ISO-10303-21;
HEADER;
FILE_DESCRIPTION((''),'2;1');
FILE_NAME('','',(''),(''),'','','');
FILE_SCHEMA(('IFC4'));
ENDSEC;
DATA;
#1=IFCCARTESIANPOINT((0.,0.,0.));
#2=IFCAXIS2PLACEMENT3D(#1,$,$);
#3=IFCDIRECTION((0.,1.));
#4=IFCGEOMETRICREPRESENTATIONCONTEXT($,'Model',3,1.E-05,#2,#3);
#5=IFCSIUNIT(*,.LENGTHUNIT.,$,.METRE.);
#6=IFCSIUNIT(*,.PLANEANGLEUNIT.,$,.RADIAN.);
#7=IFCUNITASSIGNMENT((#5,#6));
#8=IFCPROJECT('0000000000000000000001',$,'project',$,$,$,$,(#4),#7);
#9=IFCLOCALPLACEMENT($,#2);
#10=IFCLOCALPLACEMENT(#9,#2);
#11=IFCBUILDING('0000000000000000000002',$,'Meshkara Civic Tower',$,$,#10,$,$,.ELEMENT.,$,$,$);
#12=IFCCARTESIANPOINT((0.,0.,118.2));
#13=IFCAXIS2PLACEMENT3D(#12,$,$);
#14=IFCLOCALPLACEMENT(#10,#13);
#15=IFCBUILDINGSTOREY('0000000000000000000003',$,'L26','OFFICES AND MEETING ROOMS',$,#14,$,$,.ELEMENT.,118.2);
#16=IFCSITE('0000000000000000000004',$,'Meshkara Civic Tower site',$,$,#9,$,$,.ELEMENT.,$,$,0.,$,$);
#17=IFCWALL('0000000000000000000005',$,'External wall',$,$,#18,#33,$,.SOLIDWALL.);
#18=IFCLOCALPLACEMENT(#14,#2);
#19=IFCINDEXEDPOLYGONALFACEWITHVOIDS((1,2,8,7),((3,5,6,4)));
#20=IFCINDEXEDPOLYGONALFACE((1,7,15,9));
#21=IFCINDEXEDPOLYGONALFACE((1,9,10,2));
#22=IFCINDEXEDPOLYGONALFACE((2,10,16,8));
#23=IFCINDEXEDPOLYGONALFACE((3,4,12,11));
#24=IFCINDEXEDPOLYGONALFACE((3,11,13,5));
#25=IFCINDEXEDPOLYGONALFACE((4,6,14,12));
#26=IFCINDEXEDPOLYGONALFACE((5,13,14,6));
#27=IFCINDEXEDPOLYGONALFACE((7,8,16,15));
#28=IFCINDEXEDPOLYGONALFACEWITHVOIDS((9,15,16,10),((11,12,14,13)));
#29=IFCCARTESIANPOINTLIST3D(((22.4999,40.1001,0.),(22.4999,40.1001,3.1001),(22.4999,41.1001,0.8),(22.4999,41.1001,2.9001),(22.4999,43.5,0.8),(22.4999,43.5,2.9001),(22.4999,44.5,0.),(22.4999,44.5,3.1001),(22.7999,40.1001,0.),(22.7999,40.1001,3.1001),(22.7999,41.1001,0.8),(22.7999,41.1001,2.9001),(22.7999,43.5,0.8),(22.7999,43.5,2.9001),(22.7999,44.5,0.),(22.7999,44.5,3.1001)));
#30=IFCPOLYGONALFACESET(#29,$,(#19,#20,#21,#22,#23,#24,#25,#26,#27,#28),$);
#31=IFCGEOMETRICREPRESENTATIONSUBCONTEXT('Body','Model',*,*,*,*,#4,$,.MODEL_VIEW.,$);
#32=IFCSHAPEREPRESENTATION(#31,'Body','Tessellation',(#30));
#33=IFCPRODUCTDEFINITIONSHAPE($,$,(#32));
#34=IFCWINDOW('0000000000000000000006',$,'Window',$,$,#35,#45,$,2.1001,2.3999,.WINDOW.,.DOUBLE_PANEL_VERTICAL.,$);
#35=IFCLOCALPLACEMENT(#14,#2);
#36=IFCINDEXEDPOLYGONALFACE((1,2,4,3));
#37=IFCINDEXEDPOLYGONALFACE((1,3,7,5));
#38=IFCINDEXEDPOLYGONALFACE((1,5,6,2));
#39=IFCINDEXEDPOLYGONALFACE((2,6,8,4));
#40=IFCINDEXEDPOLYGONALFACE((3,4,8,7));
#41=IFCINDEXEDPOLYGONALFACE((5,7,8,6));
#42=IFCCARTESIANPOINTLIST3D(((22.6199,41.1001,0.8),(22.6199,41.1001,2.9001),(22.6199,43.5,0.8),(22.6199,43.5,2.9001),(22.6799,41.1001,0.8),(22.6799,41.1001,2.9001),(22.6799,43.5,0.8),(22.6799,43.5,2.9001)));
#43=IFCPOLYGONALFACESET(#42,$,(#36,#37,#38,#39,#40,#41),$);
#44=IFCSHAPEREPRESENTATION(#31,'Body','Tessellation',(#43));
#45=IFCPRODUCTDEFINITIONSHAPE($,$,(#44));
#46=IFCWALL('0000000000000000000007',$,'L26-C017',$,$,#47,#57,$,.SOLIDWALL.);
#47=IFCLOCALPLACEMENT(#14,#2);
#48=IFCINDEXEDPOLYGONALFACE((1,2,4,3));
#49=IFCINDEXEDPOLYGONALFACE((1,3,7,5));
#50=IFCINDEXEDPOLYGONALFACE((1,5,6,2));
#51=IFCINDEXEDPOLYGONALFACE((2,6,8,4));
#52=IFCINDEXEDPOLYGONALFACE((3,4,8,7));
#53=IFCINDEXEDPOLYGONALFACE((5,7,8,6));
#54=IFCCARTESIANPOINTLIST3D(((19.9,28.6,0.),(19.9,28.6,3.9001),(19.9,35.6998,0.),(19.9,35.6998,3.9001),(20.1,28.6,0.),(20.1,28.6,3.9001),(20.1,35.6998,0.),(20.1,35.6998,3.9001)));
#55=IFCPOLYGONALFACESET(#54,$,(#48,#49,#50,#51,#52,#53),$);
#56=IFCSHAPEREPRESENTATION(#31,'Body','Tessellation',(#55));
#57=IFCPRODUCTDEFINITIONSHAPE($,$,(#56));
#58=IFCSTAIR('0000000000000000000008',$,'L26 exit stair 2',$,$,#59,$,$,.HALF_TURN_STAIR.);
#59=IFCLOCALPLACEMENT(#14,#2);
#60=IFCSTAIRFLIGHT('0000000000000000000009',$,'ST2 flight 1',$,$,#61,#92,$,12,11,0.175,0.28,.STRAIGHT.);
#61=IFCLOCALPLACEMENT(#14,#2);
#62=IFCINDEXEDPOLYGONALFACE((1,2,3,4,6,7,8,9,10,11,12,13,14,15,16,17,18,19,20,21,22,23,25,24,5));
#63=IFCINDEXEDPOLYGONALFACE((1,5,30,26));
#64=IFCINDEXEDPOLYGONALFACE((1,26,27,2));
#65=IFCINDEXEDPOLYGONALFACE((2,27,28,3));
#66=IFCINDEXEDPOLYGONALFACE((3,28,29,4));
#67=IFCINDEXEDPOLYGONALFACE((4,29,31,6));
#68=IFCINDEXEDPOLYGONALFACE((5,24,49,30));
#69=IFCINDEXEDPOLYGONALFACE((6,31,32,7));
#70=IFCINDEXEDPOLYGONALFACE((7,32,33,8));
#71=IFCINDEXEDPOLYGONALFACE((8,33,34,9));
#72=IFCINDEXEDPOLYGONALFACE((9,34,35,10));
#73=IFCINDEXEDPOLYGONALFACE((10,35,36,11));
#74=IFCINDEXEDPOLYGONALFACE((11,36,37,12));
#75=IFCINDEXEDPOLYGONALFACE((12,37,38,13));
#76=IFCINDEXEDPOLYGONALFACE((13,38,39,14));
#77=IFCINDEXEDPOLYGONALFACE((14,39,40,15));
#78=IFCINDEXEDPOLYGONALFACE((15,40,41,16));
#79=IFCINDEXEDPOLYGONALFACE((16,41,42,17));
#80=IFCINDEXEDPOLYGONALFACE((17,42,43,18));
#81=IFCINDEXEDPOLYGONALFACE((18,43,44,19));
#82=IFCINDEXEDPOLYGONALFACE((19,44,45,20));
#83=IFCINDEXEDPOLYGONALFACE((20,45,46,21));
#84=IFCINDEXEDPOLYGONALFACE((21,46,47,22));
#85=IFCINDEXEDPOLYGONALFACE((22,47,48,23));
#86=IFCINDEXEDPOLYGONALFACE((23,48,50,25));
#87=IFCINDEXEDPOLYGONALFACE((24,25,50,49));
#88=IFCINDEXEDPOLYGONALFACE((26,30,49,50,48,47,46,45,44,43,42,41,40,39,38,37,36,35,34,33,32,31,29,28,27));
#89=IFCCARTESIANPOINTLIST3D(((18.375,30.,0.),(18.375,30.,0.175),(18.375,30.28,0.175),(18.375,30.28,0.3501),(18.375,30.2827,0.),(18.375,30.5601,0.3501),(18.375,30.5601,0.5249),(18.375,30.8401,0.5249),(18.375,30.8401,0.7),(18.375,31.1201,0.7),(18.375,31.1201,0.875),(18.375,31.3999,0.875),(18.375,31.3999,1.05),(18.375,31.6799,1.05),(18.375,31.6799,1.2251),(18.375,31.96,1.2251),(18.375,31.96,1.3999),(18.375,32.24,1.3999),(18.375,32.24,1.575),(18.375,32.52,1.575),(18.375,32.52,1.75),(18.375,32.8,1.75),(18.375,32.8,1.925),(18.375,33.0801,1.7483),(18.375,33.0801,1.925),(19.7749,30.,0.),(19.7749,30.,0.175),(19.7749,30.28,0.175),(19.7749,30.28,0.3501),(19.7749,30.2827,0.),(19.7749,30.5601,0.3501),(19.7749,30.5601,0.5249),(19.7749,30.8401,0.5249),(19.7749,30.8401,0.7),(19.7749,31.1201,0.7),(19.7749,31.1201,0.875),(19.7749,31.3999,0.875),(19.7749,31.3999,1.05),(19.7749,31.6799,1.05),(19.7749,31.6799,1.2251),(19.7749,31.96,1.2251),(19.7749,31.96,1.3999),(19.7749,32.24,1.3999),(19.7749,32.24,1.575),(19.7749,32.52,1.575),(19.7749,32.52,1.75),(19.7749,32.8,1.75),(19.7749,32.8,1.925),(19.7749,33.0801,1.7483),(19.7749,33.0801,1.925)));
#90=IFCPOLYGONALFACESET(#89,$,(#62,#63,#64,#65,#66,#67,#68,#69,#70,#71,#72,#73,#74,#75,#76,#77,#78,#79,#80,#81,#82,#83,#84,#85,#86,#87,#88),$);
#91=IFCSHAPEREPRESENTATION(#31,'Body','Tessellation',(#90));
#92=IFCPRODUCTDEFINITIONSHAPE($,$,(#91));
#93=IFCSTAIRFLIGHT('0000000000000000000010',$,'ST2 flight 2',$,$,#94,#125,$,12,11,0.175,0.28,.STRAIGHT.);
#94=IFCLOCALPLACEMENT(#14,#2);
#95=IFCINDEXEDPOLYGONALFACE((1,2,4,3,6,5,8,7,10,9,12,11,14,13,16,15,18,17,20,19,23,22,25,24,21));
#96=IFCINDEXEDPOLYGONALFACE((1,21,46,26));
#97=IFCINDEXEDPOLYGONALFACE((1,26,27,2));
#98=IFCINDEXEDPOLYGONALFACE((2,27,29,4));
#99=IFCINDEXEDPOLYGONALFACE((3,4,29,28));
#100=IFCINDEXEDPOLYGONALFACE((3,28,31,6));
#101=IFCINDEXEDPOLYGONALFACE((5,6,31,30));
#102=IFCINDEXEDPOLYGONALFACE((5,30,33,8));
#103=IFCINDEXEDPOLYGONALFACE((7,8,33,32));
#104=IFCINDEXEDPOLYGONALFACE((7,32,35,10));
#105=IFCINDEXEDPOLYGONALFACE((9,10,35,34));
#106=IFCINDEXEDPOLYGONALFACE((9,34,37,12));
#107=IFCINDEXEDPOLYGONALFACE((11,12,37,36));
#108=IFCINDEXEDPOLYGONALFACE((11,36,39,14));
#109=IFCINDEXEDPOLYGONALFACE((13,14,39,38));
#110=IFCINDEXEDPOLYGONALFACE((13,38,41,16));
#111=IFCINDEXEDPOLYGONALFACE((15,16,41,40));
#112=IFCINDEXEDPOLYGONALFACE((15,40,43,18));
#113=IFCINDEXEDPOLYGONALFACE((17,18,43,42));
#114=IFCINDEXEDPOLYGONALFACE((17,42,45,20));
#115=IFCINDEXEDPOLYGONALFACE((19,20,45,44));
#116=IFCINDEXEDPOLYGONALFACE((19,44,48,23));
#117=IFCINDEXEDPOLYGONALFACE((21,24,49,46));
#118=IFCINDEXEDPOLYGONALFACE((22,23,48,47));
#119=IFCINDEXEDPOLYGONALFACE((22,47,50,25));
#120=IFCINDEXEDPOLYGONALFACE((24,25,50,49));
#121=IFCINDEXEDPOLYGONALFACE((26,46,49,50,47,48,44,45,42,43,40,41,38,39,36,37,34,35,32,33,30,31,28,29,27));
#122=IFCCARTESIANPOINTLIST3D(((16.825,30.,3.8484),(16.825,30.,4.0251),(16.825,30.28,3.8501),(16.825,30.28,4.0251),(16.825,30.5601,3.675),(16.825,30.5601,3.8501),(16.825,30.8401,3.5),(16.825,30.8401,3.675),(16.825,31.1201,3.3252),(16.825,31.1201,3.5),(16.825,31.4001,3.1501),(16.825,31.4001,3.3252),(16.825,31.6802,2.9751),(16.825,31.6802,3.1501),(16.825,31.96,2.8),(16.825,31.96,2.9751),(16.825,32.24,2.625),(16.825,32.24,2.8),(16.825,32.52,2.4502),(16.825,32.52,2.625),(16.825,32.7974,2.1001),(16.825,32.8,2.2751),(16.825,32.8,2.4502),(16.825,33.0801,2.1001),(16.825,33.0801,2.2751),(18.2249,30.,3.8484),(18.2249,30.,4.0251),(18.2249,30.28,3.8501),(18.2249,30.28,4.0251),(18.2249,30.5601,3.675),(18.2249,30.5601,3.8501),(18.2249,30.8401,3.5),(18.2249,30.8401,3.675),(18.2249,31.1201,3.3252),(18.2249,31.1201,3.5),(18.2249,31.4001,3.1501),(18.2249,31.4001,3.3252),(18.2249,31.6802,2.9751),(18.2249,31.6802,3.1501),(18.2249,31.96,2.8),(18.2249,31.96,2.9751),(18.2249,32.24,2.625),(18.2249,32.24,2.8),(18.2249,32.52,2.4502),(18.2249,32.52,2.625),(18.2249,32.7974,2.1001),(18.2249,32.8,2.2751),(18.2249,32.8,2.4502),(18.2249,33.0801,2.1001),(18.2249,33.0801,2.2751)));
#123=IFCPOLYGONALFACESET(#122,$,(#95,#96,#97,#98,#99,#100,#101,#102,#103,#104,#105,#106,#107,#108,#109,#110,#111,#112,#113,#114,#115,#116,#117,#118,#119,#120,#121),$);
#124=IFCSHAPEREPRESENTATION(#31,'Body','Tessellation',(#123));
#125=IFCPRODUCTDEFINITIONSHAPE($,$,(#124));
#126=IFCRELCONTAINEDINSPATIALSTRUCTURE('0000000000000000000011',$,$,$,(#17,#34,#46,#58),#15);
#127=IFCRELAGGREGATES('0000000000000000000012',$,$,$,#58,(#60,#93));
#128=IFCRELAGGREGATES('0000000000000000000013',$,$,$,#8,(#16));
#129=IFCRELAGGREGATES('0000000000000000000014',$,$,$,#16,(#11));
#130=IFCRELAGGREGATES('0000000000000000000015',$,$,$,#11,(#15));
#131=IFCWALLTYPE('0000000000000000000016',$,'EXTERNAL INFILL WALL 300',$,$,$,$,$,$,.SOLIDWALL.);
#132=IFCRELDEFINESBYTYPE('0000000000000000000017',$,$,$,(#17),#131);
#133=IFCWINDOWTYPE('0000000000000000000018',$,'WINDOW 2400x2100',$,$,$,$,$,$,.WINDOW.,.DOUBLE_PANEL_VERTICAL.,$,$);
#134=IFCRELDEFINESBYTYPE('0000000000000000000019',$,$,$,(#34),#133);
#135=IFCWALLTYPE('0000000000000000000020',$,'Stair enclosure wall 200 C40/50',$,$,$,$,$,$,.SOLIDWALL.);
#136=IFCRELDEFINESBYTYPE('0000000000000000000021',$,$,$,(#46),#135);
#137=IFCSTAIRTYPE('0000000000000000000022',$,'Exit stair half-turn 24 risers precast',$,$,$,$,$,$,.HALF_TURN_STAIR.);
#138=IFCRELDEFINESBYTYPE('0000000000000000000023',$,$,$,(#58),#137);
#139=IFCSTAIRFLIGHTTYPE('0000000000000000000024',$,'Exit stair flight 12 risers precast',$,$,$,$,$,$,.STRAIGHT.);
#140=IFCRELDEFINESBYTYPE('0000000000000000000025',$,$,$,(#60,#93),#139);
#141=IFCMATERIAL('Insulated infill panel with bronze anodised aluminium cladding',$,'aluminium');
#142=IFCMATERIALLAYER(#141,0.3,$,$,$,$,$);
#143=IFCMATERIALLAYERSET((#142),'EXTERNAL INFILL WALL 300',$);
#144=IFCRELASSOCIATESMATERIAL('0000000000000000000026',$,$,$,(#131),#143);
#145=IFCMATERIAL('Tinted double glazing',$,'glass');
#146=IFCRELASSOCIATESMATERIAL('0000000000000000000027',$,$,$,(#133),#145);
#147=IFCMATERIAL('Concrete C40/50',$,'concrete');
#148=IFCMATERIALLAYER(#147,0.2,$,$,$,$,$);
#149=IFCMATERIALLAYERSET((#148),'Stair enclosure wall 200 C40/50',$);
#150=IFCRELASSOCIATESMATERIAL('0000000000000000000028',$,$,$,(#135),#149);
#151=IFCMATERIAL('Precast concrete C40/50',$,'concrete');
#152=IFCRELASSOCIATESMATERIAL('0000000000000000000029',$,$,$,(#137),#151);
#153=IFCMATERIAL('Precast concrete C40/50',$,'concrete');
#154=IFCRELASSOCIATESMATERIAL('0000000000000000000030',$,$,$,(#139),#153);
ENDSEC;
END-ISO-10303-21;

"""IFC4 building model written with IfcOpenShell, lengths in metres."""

from ifc_helpers import new_model, si_unit, direction, frame, frame_2d, origin, place, context, subcontext, project, spatial, polyline, rectangle, outline, extrude, material, layer, layer_set, type_object, element, fill, aggregate, save


model = new_model("IFC4")

# Units and contexts
model_context = context("Model", 3, precision=1e-05, world=origin(), true_north=direction((0.0, 1.0)))
body_context = subcontext(model_context, "Body", "Model", "MODEL_VIEW")
ifc_project = project(units=[si_unit("LENGTHUNIT", "METRE"), si_unit("PLANEANGLEUNIT", "RADIAN")], contexts=[model_context])

# Site, building, storey
site_placement = place(None, origin())
site = spatial("IfcSite", under=ifc_project, at=site_placement, Name="Meshkara Civic Tower site", CompositionType="ELEMENT", RefElevation=0.0)
building_placement = place(site_placement, origin())
building = spatial("IfcBuilding", under=site, at=building_placement, Name="Meshkara Civic Tower", CompositionType="ELEMENT")
storey_placement = place(building_placement, frame((0.0, 0.0, 118.2)))
storey = spatial("IfcBuildingStorey", under=building, at=storey_placement, Name="L26", Description="OFFICES AND MEETING ROOMS", CompositionType="ELEMENT", Elevation=118.2)

# Wall, opening, window
ifc_material_1 = material(Name="Insulated infill panel with bronze anodised aluminium cladding", Category="aluminium")
ifc_layer_1 = layer(ifc_material_1, 0.3)
ifc_layer_set_1 = layer_set([ifc_layer_1], Name="EXTERNAL INFILL WALL 300")
wall_type_1 = type_object("IfcWallType", Name="EXTERNAL INFILL WALL 300", PredefinedType="SOLIDWALL", material=ifc_layer_set_1)
ifc_material_2 = material(Name="Tinted double glazing", Category="glass")
window_type_1 = type_object("IfcWindowType", Name="WINDOW 2400x2100", PartitioningType="DOUBLE_PANEL_VERTICAL", PredefinedType="WINDOW", material=ifc_material_2)
wall_1_placement = place(storey_placement, frame((22.6499, 40.1001, 0.0), z_axis=(0.0, 0.0, 1.0), x_axis=(0.0, 1.0, 0.0)))
wall_1 = element("IfcWall", 1, at=wall_1_placement, inside=storey, type_object=wall_type_1, Name="External wall", PredefinedType="SOLIDWALL", context=body_context, shape_type="SweptSolid", body=[
    extrude(rectangle(XDim=4.3999, YDim=0.3, at=frame_2d((2.2, 0.0))), origin(), (0.0, 0.0, 1.0), 3.1001),
])
opening_1_placement = place(wall_1_placement, frame((1.0, 0.0, 0.8)))
opening_1 = element("IfcOpeningElement", 2, at=opening_1_placement, cuts=wall_1, PredefinedType="OPENING", context=body_context, shape_type="SweptSolid", body=[
    extrude(rectangle(XDim=2.3999, YDim=2.1001, at=frame_2d((1.2, 1.05))), frame((0.0, 0.1599, 0.0), z_axis=(0.0, -1.0, 0.0), x_axis=(1.0, 0.0, 0.0)), (0.0, 0.0, 1.0), 0.3201),
])
window_1_placement = place(opening_1_placement, origin())
window_1 = element("IfcWindow", 3, at=window_1_placement, inside=storey, type_object=window_type_1, Name="Window", OverallHeight=2.1001, OverallWidth=2.3999, PartitioningType="DOUBLE_PANEL_VERTICAL", PredefinedType="WINDOW", context=body_context, shape_type="SweptSolid", body=[
    extrude(rectangle(XDim=2.3999, YDim=2.1001, at=frame_2d((1.2, 1.05))), frame((0.0, 0.03, 0.0), z_axis=(0.0, -1.0, 0.0), x_axis=(1.0, 0.0, 0.0)), (0.0, 0.0, 1.0), 0.0601),
])
fill(opening_1, window_1)

# Wall
ifc_material_3 = material(Name="Concrete C40/50", Category="concrete")
ifc_layer_2 = layer(ifc_material_3, 0.2)
ifc_layer_set_2 = layer_set([ifc_layer_2], Name="Stair enclosure wall 200 C40/50")
wall_type_2 = type_object("IfcWallType", Name="Stair enclosure wall 200 C40/50", PredefinedType="SOLIDWALL", material=ifc_layer_set_2)
wall_2_placement = place(storey_placement, frame((20.0, 28.6001, 0.0), z_axis=(0.0, 0.0, 1.0), x_axis=(0.0, 1.0, 0.0)))
element("IfcWall", 4, at=wall_2_placement, inside=storey, type_object=wall_type_2, Name="L26-C017", PredefinedType="SOLIDWALL", context=body_context, shape_type="SweptSolid", body=[
    extrude(rectangle(XDim=7.0999, YDim=0.2, at=frame_2d((3.5498, 0.0))), origin(), (0.0, 0.0, 1.0), 3.9001),
])

# Stair, stair flights
ifc_material_4 = material(Name="Precast concrete C40/50", Category="concrete")
stair_type = type_object("IfcStairType", Name="Exit stair half-turn 24 risers precast", PredefinedType="HALF_TURN_STAIR", material=ifc_material_4)
stair_placement = place(storey_placement, origin())
stair = element("IfcStair", 5, at=stair_placement, inside=storey, type_object=stair_type, Name="L26 exit stair 2", PredefinedType="HALF_TURN_STAIR")
ifc_material_5 = material(Name="Precast concrete C40/50", Category="concrete")
stair_flight_type = type_object("IfcStairFlightType", Name="Exit stair flight 12 risers precast", PredefinedType="STRAIGHT", material=ifc_material_5)
stair_flight_1_placement = place(storey_placement, frame((19.075, 30.0, 0.0), z_axis=(0.0, 0.0, 1.0), x_axis=(0.0, 1.0, 0.0)))
stair_flight_1 = element("IfcStairFlight", 6, at=stair_flight_1_placement, type_object=stair_flight_type, Name="ST2 flight 1", NumberOfRisers=12, NumberOfTreads=11, PredefinedType="STRAIGHT", RiserHeight=0.175, TreadLength=0.28, context=body_context, shape_type="SweptSolid", body=[
    extrude(outline(polyline([(0.0, 0.0), (0.0, 0.175), (0.28, 0.175), (0.28, 0.3501), (0.5601, 0.3501), (0.5601, 0.5249), (0.8401, 0.5249), (0.8401, 0.7), (1.1201, 0.7), (1.1201, 0.875), (1.3999, 0.875), (1.3999, 1.05), (1.6799, 1.05), (1.6799, 1.2251), (1.96, 1.2251), (1.96, 1.3999), (2.24, 1.3999), (2.24, 1.575), (2.52, 1.575), (2.52, 1.75), (2.8, 1.75), (2.8, 1.925), (3.0801, 1.925), (3.0801, 2.1001), (3.0801, 1.7483), (0.2827, 0.0), (0.0, 0.0)])), frame((0.0, 0.7, 0.0), z_axis=(0.0, -1.0, 0.0), x_axis=(1.0, 0.0, 0.0)), (0.0, 0.0, 1.0), 1.3999),
])
stair_flight_2_placement = place(storey_placement, frame((17.5249, 33.0801, 2.1001), z_axis=(0.0, 0.0, 1.0), x_axis=(0.0, -1.0, 0.0)))
stair_flight_2 = element("IfcStairFlight", 7, at=stair_flight_2_placement, type_object=stair_flight_type, Name="ST2 flight 2", NumberOfRisers=12, NumberOfTreads=11, PredefinedType="STRAIGHT", RiserHeight=0.175, TreadLength=0.28, context=body_context, shape_type="SweptSolid", body=[
    extrude(outline(polyline([(0.0, 0.0), (0.0, 0.175), (0.28, 0.175), (0.28, 0.3501), (0.5601, 0.3501), (0.5601, 0.5249), (0.8401, 0.5249), (0.8401, 0.7), (1.1201, 0.7), (1.1201, 0.875), (1.3999, 0.875), (1.3999, 1.05), (1.6799, 1.05), (1.6799, 1.2251), (1.96, 1.2251), (1.96, 1.3999), (2.24, 1.3999), (2.24, 1.575), (2.52, 1.575), (2.52, 1.75), (2.8, 1.75), (2.8, 1.925), (3.0801, 1.925), (3.0801, 2.1001), (3.0801, 1.7483), (0.2827, 0.0), (0.0, 0.0)])), frame((0.0, 0.7, 0.0), z_axis=(0.0, -1.0, 0.0), x_axis=(1.0, 0.0, 0.0)), (0.0, 0.0, 1.0), 1.3999),
])
aggregate(stair, [stair_flight_1, stair_flight_2])

save(model, "model.ifc")
